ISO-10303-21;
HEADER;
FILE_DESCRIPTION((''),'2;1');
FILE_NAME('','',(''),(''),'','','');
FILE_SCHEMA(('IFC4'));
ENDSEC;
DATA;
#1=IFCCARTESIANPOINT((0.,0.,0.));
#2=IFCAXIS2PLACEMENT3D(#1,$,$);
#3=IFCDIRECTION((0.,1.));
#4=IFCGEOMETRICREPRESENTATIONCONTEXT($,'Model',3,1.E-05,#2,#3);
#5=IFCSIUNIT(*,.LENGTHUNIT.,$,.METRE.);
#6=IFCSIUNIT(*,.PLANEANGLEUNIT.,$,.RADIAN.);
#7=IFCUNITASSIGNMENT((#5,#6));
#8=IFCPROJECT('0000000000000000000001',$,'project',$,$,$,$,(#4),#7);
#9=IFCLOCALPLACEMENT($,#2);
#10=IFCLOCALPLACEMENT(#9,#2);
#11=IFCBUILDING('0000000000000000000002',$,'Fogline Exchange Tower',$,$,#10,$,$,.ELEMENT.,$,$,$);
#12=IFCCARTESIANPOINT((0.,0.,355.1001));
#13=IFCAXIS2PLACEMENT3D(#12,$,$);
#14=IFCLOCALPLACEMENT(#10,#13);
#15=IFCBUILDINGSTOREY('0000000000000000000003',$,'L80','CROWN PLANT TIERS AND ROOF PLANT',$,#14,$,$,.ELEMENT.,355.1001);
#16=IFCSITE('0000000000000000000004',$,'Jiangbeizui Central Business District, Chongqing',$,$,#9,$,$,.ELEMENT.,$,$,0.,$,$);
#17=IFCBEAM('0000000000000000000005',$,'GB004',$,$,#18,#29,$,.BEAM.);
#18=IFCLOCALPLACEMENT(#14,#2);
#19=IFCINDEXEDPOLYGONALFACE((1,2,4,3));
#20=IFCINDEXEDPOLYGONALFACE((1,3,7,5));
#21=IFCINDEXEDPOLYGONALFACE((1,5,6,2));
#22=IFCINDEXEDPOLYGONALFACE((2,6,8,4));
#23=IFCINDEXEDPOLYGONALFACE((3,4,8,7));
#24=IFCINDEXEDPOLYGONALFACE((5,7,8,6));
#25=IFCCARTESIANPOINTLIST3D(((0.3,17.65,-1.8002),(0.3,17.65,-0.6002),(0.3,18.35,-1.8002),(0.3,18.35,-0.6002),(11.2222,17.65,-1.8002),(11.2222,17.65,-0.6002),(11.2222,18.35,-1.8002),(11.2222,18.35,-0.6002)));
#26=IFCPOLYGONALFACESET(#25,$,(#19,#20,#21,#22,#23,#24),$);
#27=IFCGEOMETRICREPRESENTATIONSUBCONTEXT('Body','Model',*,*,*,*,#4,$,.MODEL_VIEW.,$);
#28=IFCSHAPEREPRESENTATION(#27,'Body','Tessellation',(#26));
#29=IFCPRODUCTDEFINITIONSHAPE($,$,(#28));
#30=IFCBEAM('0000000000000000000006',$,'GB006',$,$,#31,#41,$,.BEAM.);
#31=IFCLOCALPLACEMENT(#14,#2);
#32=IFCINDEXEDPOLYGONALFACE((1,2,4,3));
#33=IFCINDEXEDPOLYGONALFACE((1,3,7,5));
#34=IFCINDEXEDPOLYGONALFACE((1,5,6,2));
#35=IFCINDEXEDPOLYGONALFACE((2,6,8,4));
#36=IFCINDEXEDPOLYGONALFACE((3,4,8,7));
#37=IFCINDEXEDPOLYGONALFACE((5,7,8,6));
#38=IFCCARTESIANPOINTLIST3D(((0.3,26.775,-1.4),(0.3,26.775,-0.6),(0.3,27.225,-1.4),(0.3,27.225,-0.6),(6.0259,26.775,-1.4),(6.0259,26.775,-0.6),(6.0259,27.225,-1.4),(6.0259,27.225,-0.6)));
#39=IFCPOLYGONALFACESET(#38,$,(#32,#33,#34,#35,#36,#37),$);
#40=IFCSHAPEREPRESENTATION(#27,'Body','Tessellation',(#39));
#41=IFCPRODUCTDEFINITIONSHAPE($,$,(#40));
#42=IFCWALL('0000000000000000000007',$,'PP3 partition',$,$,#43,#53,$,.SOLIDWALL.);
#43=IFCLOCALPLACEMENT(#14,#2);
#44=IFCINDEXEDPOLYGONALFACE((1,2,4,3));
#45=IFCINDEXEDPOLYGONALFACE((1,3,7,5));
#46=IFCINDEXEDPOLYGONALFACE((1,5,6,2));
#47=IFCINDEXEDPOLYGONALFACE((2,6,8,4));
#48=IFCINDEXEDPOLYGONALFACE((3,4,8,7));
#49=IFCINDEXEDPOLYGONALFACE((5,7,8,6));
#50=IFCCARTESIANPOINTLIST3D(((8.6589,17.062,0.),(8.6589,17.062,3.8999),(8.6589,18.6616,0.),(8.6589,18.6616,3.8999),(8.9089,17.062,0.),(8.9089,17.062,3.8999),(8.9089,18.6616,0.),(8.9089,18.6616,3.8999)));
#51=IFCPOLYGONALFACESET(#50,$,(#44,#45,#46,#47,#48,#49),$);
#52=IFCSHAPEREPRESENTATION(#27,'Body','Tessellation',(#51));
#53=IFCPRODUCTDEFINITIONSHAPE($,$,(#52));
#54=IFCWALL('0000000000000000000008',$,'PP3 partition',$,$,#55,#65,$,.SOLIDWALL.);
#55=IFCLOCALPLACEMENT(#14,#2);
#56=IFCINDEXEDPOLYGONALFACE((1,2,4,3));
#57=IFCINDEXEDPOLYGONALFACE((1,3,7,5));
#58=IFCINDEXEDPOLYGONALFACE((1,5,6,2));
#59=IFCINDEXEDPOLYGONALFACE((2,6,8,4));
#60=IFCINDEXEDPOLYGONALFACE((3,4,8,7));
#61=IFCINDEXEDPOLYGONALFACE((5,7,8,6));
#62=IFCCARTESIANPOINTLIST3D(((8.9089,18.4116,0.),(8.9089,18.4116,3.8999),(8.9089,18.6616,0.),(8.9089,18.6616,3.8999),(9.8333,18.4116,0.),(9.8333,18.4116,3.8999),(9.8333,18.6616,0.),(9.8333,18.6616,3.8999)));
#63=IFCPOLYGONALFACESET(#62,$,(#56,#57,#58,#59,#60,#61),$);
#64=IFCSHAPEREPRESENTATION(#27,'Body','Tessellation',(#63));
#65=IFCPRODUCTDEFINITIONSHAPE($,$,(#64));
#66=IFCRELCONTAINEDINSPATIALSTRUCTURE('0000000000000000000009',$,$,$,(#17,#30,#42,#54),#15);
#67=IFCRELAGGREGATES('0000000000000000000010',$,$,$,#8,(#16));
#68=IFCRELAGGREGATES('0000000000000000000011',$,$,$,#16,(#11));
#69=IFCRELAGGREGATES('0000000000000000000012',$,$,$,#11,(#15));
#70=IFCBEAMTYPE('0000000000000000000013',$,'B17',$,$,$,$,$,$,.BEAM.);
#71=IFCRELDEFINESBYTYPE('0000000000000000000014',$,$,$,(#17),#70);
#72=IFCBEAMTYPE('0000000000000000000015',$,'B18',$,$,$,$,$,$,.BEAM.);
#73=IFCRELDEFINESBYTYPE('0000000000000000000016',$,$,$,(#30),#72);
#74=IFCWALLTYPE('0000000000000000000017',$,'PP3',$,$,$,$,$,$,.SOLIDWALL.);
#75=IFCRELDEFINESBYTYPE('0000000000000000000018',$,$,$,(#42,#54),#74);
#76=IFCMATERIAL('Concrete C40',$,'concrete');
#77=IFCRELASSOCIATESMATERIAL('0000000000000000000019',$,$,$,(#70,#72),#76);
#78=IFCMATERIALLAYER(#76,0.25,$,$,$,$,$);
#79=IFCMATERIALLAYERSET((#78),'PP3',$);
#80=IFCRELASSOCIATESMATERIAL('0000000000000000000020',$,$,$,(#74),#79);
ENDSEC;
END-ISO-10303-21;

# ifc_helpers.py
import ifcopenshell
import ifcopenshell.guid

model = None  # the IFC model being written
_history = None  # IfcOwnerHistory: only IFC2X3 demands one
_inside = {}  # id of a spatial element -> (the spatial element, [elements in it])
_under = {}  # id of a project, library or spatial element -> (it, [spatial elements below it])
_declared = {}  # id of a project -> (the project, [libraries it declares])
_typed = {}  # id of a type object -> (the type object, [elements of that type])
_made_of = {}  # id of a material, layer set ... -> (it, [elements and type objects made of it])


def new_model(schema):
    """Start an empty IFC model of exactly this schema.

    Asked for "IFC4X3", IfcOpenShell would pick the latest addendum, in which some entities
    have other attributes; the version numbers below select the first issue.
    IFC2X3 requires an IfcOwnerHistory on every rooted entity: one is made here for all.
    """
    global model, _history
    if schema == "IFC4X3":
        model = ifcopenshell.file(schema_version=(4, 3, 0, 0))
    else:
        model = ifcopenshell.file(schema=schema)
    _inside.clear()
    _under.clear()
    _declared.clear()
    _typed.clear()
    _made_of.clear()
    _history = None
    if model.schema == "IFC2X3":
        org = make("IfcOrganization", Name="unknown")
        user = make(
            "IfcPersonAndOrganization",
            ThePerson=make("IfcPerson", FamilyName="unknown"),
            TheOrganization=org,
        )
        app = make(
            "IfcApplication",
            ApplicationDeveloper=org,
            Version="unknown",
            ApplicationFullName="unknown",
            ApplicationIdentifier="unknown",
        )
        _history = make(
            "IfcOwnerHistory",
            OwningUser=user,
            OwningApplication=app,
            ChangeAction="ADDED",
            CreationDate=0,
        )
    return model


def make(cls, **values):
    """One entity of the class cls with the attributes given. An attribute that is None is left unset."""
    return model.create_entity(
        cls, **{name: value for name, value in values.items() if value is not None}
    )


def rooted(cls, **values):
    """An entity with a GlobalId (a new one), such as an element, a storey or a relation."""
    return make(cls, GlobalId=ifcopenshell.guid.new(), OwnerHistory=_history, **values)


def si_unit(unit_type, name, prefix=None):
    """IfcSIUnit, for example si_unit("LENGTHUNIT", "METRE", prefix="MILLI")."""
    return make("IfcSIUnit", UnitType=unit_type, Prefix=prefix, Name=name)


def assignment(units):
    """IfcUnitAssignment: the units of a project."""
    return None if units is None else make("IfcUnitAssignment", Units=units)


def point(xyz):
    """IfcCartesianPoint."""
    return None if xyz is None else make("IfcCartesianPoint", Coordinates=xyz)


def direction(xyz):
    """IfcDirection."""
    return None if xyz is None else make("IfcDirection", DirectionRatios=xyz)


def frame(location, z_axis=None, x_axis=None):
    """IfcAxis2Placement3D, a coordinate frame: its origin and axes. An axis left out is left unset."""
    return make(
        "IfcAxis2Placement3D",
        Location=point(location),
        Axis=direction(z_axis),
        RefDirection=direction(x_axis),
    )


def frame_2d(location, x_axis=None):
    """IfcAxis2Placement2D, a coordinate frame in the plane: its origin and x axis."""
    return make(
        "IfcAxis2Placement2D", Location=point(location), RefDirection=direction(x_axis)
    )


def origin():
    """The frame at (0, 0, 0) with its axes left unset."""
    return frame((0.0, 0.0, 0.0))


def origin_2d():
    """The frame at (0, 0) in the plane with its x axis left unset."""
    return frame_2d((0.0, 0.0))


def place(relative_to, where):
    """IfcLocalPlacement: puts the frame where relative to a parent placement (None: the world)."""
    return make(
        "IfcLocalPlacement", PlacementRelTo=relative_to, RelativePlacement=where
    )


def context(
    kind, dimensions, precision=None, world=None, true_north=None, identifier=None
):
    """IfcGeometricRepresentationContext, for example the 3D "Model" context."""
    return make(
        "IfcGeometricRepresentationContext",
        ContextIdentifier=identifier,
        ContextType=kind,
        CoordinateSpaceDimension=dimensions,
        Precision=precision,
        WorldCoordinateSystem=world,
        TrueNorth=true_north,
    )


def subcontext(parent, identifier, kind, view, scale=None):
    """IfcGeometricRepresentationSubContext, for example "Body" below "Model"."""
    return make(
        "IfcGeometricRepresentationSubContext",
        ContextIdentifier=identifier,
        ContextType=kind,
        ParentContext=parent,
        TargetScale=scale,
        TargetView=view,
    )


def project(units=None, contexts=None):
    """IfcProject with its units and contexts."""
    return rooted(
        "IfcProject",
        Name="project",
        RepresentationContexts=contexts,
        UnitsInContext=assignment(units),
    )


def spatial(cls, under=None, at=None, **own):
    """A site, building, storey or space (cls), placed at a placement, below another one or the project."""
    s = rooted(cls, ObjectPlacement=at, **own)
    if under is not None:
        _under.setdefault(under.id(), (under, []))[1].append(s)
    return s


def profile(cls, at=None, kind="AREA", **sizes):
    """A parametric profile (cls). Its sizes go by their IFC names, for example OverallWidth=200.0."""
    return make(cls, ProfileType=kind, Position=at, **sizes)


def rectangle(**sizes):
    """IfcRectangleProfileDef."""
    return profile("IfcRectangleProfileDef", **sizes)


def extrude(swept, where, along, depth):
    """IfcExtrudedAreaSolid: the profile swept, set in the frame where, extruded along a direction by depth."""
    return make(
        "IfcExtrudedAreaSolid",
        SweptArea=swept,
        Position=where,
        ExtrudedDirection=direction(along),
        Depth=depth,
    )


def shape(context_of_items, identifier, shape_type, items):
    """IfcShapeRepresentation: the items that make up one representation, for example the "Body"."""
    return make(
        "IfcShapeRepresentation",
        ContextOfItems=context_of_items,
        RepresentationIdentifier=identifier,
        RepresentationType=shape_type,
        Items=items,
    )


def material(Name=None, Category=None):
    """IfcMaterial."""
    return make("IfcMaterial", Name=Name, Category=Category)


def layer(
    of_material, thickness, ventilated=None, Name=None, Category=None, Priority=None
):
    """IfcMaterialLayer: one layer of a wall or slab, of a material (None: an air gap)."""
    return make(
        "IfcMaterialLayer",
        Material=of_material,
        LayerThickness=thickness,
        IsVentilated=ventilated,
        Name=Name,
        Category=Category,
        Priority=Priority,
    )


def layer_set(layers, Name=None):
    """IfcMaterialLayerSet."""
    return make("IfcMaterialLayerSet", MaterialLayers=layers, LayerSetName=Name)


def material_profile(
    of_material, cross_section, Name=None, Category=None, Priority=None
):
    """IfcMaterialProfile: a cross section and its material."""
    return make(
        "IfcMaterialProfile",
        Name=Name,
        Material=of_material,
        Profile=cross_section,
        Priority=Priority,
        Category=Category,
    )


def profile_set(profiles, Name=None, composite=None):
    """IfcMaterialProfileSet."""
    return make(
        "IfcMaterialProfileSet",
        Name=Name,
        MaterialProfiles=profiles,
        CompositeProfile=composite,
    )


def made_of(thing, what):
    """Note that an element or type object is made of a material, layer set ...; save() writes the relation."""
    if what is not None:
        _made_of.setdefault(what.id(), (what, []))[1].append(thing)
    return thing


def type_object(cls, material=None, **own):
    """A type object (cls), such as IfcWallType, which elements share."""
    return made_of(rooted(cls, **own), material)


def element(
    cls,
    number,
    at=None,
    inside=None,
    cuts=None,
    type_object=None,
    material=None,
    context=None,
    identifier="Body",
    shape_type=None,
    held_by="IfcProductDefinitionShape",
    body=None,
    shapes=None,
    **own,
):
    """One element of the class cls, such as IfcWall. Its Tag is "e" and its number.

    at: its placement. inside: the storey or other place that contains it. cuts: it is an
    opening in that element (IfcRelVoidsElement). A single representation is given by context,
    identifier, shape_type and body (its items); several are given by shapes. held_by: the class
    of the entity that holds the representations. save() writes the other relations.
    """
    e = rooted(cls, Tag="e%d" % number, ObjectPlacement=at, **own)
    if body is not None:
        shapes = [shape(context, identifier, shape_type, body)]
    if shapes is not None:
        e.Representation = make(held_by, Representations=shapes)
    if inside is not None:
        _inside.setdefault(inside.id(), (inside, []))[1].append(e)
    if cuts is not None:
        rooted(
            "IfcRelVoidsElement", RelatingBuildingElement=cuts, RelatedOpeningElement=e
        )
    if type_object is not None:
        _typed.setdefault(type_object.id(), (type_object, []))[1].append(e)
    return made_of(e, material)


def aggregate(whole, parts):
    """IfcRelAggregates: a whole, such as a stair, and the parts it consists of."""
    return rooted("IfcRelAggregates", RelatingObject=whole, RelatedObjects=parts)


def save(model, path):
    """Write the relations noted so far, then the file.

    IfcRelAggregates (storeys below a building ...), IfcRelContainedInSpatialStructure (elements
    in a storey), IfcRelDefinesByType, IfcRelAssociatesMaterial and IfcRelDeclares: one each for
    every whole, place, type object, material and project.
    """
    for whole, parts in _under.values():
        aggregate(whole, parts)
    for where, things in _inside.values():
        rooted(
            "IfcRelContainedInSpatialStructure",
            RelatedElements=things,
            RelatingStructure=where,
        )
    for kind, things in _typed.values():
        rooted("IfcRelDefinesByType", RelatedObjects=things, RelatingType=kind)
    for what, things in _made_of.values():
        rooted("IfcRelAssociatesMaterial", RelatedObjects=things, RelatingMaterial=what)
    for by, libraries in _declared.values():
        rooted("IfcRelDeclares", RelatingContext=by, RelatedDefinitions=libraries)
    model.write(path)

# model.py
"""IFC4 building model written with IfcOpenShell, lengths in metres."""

from ifc_helpers import new_model, si_unit, direction, frame, frame_2d, origin, origin_2d, place, context, subcontext, project, spatial, rectangle, extrude, material, layer, layer_set, material_profile, profile_set, type_object, element, save


model = new_model("IFC4")

# Units and contexts
model_context = context("Model", 3, precision=1e-05, world=origin(), true_north=direction((0.0, 1.0)))
body_context = subcontext(model_context, "Body", "Model", "MODEL_VIEW")
ifc_project = project(units=[si_unit("LENGTHUNIT", "METRE"), si_unit("PLANEANGLEUNIT", "RADIAN")], contexts=[model_context])

# Site, building, storey
site_placement = place(None, origin())
site = spatial("IfcSite", under=ifc_project, at=site_placement, Name="Jiangbeizui Central Business District, Chongqing", CompositionType="ELEMENT", RefElevation=0.0)
building_placement = place(site_placement, origin())
building = spatial("IfcBuilding", under=site, at=building_placement, Name="Fogline Exchange Tower", CompositionType="ELEMENT")
storey_placement = place(building_placement, frame((0.0, 0.0, 355.1001)))
storey = spatial("IfcBuildingStorey", under=building, at=storey_placement, Name="L80", Description="CROWN PLANT TIERS AND ROOF PLANT", CompositionType="ELEMENT", Elevation=355.1001)

# Beams
ifc_material_1 = material(Name="Concrete C40", Category="concrete")
ifc_material_profile_1 = material_profile(ifc_material_1, rectangle(XDim=0.7, YDim=1.2, at=origin_2d()), Name="RC 700x1200")
ifc_profile_set_1 = profile_set([ifc_material_profile_1], Name="Concrete C40")
beam_type_1 = type_object("IfcBeamType", Name="B17", PredefinedType="BEAM", material=ifc_profile_set_1)
beam_1_placement = place(storey_placement, frame((0.3, 18.0, -1.2002), z_axis=(1.0, 0.0, 0.0), x_axis=(0.0, 1.0, 0.0)))
element("IfcBeam", 1, at=beam_1_placement, inside=storey, type_object=beam_type_1, Name="GB004", PredefinedType="BEAM", context=body_context, shape_type="SweptSolid", body=[
    extrude(rectangle(XDim=0.7, YDim=1.2, at=origin_2d()), origin(), (0.0, 0.0, 1.0), 10.9221),
])
ifc_material_profile_2 = material_profile(ifc_material_1, rectangle(XDim=0.45, YDim=0.8, at=origin_2d()), Name="RC 450x800")
ifc_profile_set_2 = profile_set([ifc_material_profile_2], Name="Concrete C40")
beam_type_2 = type_object("IfcBeamType", Name="B18", PredefinedType="BEAM", material=ifc_profile_set_2)
beam_2_placement = place(storey_placement, frame((0.3, 27.0, -1.0), z_axis=(1.0, 0.0, 0.0), x_axis=(0.0, 1.0, 0.0)))
element("IfcBeam", 2, at=beam_2_placement, inside=storey, type_object=beam_type_2, Name="GB006", PredefinedType="BEAM", context=body_context, shape_type="SweptSolid", body=[
    extrude(rectangle(XDim=0.45, YDim=0.8, at=origin_2d()), origin(), (0.0, 0.0, 1.0), 5.7258),
])

# Shared definitions
ifc_layer_1 = layer(ifc_material_1, 0.25)
ifc_layer_set_1 = layer_set([ifc_layer_1], Name="PP3")
wall_type_1 = type_object("IfcWallType", Name="PP3", PredefinedType="SOLIDWALL", material=ifc_layer_set_1)

# Walls
wall_1_placement = place(storey_placement, frame((8.7839, 17.062, 0.0), z_axis=(0.0, 0.0, 1.0), x_axis=(0.0, 1.0, 0.0)))
element("IfcWall", 3, at=wall_1_placement, inside=storey, type_object=wall_type_1, Name="PP3 partition", PredefinedType="SOLIDWALL", context=body_context, shape_type="SweptSolid", body=[
    extrude(rectangle(XDim=1.5996, YDim=0.25, at=frame_2d((0.7998, 0.0))), origin(), (0.0, 0.0, 1.0), 3.8999),
])
wall_2_placement = place(storey_placement, frame((8.9089, 18.5366, 0.0), z_axis=(0.0, 0.0, 1.0), x_axis=(1.0, 0.0, 0.0)))
element("IfcWall", 4, at=wall_2_placement, inside=storey, type_object=wall_type_1, Name="PP3 partition", PredefinedType="SOLIDWALL", context=body_context, shape_type="SweptSolid", body=[
    extrude(rectangle(XDim=0.9243, YDim=0.25, at=frame_2d((0.4622, 0.0))), origin(), (0.0, 0.0, 1.0), 3.8999),
])

save(model, "model.ifc")
